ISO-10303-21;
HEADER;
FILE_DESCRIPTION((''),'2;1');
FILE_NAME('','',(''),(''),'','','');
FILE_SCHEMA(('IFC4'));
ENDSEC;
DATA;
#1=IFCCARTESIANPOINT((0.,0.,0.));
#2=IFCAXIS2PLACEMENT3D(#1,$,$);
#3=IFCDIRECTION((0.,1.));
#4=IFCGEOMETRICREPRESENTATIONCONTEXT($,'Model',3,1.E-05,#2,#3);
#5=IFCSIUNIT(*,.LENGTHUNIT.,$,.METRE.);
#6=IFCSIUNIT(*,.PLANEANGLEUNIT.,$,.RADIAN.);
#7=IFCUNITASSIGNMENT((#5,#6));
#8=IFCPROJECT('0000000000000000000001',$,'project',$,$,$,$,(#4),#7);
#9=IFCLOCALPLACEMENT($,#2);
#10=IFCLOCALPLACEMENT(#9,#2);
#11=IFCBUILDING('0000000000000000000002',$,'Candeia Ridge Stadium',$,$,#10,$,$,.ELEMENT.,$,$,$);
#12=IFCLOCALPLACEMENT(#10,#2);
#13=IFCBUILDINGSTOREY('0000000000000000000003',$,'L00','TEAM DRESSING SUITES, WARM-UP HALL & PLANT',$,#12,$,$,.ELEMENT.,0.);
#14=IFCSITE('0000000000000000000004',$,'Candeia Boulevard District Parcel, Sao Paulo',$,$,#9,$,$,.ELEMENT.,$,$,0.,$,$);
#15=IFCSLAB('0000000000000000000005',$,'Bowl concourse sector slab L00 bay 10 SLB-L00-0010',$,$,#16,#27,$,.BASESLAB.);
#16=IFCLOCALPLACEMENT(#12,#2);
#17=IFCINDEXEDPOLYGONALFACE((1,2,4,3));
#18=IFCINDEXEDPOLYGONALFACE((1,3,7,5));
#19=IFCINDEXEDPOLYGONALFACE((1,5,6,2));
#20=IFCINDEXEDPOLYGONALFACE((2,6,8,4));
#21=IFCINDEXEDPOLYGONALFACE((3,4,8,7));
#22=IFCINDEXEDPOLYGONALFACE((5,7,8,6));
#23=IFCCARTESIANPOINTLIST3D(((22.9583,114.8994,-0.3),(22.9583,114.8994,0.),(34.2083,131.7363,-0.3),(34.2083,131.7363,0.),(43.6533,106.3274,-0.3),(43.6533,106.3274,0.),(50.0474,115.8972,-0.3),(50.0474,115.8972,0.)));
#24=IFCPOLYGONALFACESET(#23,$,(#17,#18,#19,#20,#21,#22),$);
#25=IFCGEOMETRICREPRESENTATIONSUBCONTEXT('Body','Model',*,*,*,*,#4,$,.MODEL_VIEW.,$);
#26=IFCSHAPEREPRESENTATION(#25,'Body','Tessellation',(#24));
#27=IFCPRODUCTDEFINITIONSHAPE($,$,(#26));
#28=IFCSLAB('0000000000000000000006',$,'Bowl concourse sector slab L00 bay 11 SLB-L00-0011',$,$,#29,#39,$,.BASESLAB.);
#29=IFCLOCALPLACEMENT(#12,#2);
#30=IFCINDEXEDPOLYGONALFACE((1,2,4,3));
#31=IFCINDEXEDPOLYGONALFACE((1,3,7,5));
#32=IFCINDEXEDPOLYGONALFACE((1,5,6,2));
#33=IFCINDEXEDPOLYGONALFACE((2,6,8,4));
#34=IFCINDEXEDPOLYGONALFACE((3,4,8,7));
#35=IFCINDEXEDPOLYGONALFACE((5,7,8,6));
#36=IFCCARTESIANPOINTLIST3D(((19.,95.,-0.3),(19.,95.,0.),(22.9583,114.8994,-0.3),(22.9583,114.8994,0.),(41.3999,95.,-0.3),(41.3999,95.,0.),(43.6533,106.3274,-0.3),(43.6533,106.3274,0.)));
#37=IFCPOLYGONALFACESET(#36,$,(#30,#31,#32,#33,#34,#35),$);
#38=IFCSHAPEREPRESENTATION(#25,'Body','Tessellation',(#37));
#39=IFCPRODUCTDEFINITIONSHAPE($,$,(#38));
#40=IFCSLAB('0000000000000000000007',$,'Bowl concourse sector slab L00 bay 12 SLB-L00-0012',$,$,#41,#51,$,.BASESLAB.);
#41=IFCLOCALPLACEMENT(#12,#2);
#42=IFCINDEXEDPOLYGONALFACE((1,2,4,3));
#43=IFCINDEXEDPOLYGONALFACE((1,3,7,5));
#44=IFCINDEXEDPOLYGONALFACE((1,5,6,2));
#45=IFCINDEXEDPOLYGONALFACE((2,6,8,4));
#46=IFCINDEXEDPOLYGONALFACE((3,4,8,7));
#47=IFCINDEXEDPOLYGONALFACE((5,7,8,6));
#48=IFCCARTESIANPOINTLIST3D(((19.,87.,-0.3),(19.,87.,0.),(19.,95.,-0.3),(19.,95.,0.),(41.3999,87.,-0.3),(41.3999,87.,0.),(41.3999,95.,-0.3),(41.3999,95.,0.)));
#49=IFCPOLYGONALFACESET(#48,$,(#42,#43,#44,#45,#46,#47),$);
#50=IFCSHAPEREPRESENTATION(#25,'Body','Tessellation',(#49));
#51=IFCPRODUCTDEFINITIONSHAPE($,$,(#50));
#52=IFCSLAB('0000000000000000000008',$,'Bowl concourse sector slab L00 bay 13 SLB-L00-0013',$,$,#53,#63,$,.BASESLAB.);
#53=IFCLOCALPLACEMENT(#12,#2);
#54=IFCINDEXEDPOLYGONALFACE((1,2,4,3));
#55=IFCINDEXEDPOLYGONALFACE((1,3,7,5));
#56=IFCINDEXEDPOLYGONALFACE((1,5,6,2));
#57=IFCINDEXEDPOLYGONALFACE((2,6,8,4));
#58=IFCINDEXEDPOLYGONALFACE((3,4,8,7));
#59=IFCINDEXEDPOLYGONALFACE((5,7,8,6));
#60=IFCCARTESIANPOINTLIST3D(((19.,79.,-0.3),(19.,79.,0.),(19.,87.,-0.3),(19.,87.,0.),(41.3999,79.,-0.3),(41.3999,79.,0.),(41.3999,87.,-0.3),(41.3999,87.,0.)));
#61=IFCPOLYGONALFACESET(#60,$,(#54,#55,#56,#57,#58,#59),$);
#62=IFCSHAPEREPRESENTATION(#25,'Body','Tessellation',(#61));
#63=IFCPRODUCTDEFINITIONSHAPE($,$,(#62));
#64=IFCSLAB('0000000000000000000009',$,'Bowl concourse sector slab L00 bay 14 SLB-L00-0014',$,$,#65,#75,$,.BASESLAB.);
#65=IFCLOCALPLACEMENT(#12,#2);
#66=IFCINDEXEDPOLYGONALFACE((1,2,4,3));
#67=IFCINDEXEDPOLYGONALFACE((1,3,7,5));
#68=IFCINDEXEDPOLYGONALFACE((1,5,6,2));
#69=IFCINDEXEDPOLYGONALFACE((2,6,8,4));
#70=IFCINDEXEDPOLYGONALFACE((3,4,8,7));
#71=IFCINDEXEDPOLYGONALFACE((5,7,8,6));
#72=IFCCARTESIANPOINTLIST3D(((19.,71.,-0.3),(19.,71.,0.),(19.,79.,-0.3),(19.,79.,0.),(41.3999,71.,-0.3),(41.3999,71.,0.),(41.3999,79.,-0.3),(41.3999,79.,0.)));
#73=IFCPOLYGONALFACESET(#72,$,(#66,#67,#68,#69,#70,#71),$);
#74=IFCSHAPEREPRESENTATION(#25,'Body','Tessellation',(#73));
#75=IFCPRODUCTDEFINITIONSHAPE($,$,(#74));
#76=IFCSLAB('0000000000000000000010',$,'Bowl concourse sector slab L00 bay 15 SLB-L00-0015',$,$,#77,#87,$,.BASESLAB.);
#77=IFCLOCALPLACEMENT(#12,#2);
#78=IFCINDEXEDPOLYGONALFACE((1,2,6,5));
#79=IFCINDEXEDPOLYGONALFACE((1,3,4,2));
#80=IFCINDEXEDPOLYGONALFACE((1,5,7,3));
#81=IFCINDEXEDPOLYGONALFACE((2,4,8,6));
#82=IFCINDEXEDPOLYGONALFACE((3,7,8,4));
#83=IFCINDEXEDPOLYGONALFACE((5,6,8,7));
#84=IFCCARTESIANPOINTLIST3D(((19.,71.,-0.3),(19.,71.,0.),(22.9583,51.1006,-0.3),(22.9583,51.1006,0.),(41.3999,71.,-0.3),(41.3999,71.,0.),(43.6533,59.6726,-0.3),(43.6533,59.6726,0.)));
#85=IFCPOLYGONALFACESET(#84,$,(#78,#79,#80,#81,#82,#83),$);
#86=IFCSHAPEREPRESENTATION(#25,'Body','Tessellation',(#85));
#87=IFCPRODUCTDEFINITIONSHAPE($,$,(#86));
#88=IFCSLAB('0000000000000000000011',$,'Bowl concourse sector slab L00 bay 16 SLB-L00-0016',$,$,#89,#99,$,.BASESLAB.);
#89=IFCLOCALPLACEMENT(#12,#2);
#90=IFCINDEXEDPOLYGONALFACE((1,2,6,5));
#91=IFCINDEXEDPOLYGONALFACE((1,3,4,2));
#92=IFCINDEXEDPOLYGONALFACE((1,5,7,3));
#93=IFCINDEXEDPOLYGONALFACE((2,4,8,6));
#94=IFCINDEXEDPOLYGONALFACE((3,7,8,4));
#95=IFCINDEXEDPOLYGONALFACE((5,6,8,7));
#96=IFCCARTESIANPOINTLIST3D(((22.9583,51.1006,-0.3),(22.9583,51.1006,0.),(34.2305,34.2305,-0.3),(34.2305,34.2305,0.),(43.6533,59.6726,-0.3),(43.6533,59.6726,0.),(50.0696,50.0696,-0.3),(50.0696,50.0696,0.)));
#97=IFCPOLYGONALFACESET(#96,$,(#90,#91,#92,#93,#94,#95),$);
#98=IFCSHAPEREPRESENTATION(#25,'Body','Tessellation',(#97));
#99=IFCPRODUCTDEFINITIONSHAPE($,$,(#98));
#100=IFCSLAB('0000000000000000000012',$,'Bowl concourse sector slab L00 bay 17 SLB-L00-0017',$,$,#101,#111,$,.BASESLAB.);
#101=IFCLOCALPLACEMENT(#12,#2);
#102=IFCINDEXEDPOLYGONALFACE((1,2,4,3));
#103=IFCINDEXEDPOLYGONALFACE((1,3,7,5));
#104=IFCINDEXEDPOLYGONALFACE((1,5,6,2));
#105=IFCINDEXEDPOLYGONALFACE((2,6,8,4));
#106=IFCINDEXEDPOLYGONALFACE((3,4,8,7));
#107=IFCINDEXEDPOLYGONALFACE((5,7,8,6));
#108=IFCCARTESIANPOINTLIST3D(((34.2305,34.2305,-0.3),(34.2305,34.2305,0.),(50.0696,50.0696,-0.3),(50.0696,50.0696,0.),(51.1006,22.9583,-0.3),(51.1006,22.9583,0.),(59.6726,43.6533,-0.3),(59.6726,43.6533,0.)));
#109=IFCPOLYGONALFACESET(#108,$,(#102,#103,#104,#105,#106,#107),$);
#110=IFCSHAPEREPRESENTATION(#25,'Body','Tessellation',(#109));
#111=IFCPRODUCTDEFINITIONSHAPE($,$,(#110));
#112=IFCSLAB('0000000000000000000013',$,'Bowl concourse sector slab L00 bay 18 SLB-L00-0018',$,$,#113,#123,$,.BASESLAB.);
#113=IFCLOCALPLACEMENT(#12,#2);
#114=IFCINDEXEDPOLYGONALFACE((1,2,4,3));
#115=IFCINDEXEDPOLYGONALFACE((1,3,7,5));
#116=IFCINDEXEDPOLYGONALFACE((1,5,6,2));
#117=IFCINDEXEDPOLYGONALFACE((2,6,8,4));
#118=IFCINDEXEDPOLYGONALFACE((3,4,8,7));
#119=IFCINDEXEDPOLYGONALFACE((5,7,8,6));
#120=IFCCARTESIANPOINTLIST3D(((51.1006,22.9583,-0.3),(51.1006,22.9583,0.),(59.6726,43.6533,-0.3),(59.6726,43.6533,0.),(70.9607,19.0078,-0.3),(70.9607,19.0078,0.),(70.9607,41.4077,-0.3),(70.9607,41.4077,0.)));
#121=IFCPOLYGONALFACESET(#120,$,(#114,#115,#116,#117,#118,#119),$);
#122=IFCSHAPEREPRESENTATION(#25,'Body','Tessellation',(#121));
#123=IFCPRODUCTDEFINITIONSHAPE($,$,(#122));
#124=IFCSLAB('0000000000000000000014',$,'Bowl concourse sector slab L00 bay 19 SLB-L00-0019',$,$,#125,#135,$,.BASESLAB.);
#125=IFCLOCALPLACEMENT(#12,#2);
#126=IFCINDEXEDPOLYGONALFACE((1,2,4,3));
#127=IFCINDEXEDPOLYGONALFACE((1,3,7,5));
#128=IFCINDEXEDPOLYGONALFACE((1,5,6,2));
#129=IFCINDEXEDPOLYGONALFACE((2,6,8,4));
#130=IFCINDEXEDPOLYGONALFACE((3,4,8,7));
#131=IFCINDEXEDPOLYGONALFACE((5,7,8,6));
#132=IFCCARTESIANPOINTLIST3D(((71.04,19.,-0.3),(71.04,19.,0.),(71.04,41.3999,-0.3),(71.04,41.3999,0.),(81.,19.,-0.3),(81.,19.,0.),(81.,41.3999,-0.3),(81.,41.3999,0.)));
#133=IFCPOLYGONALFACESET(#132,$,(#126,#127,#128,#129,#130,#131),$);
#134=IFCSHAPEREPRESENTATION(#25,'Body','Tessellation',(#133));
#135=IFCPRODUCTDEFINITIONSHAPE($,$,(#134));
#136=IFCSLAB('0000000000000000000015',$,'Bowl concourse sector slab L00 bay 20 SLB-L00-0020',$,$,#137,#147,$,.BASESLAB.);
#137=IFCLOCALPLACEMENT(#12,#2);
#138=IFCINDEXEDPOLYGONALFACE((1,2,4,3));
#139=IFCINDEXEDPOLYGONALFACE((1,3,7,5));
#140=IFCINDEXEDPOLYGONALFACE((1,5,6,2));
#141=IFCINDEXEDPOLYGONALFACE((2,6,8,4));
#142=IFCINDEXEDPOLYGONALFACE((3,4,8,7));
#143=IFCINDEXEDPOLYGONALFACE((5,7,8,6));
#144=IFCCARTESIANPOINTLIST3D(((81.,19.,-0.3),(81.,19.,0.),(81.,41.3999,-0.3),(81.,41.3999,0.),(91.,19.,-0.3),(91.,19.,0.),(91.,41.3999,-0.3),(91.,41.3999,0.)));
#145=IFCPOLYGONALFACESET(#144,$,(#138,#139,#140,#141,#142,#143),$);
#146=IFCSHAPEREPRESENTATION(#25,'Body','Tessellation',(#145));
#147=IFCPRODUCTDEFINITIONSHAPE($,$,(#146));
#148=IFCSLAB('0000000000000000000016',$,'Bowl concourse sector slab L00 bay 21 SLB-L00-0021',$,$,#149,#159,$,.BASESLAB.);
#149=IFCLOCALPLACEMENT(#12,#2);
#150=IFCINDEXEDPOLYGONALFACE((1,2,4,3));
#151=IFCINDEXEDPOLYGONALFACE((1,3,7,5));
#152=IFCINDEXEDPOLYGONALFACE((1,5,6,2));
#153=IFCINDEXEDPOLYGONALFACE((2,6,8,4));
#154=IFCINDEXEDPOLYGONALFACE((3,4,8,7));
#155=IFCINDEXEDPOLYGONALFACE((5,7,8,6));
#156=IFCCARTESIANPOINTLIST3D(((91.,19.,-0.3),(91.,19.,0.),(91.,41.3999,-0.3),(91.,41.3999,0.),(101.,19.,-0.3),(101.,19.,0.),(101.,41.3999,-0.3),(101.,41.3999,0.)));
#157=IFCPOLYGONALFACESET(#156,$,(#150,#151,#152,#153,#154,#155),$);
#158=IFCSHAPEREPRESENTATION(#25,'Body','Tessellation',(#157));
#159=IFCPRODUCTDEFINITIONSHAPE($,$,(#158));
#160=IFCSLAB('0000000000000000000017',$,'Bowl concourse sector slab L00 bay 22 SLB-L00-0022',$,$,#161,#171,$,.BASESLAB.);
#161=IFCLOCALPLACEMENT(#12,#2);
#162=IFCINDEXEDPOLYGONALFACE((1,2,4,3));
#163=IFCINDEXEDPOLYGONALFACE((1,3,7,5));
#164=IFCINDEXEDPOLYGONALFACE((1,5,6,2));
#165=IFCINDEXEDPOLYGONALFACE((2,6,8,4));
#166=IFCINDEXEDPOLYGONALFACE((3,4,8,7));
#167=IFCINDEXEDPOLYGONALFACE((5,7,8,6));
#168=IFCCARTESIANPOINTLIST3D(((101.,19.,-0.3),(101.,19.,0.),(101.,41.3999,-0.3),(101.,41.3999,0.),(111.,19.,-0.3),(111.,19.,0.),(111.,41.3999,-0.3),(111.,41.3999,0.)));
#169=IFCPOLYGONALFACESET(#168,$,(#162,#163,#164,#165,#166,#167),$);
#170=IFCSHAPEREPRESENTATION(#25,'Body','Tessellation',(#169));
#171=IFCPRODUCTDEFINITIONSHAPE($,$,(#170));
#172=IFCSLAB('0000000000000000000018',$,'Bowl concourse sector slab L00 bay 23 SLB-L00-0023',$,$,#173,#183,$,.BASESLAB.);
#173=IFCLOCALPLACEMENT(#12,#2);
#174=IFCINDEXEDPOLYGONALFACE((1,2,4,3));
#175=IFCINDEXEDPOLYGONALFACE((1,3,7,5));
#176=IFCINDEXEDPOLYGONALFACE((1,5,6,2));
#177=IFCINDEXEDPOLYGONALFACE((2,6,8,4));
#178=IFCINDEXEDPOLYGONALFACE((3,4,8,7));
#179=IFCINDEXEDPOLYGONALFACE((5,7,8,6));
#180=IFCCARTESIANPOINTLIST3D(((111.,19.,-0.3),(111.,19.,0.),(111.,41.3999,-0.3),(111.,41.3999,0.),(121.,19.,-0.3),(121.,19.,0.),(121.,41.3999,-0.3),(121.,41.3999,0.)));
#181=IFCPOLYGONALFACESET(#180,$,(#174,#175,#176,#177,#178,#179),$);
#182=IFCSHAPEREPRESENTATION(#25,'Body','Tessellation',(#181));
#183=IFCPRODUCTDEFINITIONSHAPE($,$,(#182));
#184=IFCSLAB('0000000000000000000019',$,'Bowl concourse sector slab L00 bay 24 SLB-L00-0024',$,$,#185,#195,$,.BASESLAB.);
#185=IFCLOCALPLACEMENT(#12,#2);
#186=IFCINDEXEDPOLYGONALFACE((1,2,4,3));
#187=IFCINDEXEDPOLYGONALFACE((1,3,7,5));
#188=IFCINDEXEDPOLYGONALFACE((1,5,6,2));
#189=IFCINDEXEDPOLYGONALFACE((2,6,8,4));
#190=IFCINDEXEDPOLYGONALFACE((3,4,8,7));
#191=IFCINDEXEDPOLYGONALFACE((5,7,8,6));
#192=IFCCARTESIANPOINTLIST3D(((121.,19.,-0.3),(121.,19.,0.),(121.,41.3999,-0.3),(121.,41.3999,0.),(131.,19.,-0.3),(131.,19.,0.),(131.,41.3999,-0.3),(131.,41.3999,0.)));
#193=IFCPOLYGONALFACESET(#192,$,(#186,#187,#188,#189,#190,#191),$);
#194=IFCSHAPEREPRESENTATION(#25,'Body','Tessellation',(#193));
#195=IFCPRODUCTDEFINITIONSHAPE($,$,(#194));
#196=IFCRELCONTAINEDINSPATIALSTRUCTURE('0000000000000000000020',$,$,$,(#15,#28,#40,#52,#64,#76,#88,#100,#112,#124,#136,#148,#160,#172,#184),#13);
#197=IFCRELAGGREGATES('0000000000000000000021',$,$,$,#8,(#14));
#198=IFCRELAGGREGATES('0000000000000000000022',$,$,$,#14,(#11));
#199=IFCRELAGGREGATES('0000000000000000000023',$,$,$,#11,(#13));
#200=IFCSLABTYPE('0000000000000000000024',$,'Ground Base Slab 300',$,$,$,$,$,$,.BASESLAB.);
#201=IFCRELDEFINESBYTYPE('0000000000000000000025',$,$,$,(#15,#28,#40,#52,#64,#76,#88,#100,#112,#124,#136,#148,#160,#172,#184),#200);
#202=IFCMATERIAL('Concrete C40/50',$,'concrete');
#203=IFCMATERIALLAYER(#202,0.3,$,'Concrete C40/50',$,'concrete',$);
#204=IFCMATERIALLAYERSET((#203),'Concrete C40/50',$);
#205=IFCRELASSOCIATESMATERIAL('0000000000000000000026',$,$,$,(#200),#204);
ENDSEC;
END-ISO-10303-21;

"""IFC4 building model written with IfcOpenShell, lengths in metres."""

from ifc_helpers import new_model, si_unit, direction, frame, origin, place, context, subcontext, project, spatial, polyline, outline, extrude, material, layer, layer_set, type_object, element, save


model = new_model("IFC4")

# Units and contexts
model_context = context("Model", 3, precision=1e-05, world=origin(), true_north=direction((0.0, 1.0)))
body_context = subcontext(model_context, "Body", "Model", "MODEL_VIEW")
ifc_project = project(units=[si_unit("LENGTHUNIT", "METRE"), si_unit("PLANEANGLEUNIT", "RADIAN")], contexts=[model_context])

# Site, building, storey
site_placement = place(None, origin())
site = spatial("IfcSite", under=ifc_project, at=site_placement, Name="Candeia Boulevard District Parcel, Sao Paulo", CompositionType="ELEMENT", RefElevation=0.0)
building_placement = place(site_placement, origin())
building = spatial("IfcBuilding", under=site, at=building_placement, Name="Candeia Ridge Stadium", CompositionType="ELEMENT")
storey_placement = place(building_placement, origin())
storey = spatial("IfcBuildingStorey", under=building, at=storey_placement, Name="L00", Description="TEAM DRESSING SUITES, WARM-UP HALL & PLANT", CompositionType="ELEMENT", Elevation=0.0)

# Slabs
ifc_material = material(Name="Concrete C40/50", Category="concrete")
ifc_layer = layer(ifc_material, 0.3, Name="Concrete C40/50", Category="concrete")
ifc_layer_set = layer_set([ifc_layer], Name="Concrete C40/50")
slab_type = type_object("IfcSlabType", Name="Ground Base Slab 300", PredefinedType="BASESLAB", material=ifc_layer_set)
slab_1_placement = place(storey_placement, frame((0.0, 0.0, -0.3)))
element("IfcSlab", 1, at=slab_1_placement, inside=storey, type_object=slab_type, Name="Bowl concourse sector slab L00 bay 10 SLB-L00-0010", PredefinedType="BASESLAB", context=body_context, shape_type="SweptSolid", body=[
    extrude(outline(polyline([(50.0474, 115.8972), (43.6533, 106.3274), (22.9583, 114.8994), (34.2083, 131.7363), (50.0474, 115.8972)])), origin(), (0.0, 0.0, 1.0), 0.3),
])
slab_2_placement = place(storey_placement, frame((0.0, 0.0, -0.3)))
element("IfcSlab", 2, at=slab_2_placement, inside=storey, type_object=slab_type, Name="Bowl concourse sector slab L00 bay 11 SLB-L00-0011", PredefinedType="BASESLAB", context=body_context, shape_type="SweptSolid", body=[
    extrude(outline(polyline([(43.6533, 106.3274), (41.3999, 95.0), (19.0, 95.0), (22.9583, 114.8994), (43.6533, 106.3274)])), origin(), (0.0, 0.0, 1.0), 0.3),
])
slab_3_placement = place(storey_placement, frame((0.0, 0.0, -0.3)))
element("IfcSlab", 3, at=slab_3_placement, inside=storey, type_object=slab_type, Name="Bowl concourse sector slab L00 bay 12 SLB-L00-0012", PredefinedType="BASESLAB", context=body_context, shape_type="SweptSolid", body=[
    extrude(outline(polyline([(41.3999, 95.0), (41.3999, 87.0), (19.0, 87.0), (19.0, 95.0), (41.3999, 95.0)])), origin(), (0.0, 0.0, 1.0), 0.3),
])
slab_4_placement = place(storey_placement, frame((0.0, 0.0, -0.3)))
element("IfcSlab", 4, at=slab_4_placement, inside=storey, type_object=slab_type, Name="Bowl concourse sector slab L00 bay 13 SLB-L00-0013", PredefinedType="BASESLAB", context=body_context, shape_type="SweptSolid", body=[
    extrude(outline(polyline([(41.3999, 87.0), (41.3999, 79.0), (19.0, 79.0), (19.0, 87.0), (41.3999, 87.0)])), origin(), (0.0, 0.0, 1.0), 0.3),
])
slab_5_placement = place(storey_placement, frame((0.0, 0.0, -0.3)))
element("IfcSlab", 5, at=slab_5_placement, inside=storey, type_object=slab_type, Name="Bowl concourse sector slab L00 bay 14 SLB-L00-0014", PredefinedType="BASESLAB", context=body_context, shape_type="SweptSolid", body=[
    extrude(outline(polyline([(41.3999, 79.0), (41.3999, 71.0), (19.0, 71.0), (19.0, 79.0), (41.3999, 79.0)])), origin(), (0.0, 0.0, 1.0), 0.3),
])
slab_6_placement = place(storey_placement, frame((0.0, 0.0, -0.3)))
element("IfcSlab", 6, at=slab_6_placement, inside=storey, type_object=slab_type, Name="Bowl concourse sector slab L00 bay 15 SLB-L00-0015", PredefinedType="BASESLAB", context=body_context, shape_type="SweptSolid", body=[
    extrude(outline(polyline([(41.3999, 71.0), (43.6533, 59.6726), (22.9583, 51.1006), (19.0, 71.0), (41.3999, 71.0)])), origin(), (0.0, 0.0, 1.0), 0.3),
])
slab_7_placement = place(storey_placement, frame((0.0, 0.0, -0.3)))
element("IfcSlab", 7, at=slab_7_placement, inside=storey, type_object=slab_type, Name="Bowl concourse sector slab L00 bay 16 SLB-L00-0016", PredefinedType="BASESLAB", context=body_context, shape_type="SweptSolid", body=[
    extrude(outline(polyline([(43.6533, 59.6726), (50.0696, 50.0696), (34.2305, 34.2305), (22.9583, 51.1006), (43.6533, 59.6726)])), origin(), (0.0, 0.0, 1.0), 0.3),
])
slab_8_placement = place(storey_placement, frame((0.0, 0.0, -0.3)))
element("IfcSlab", 8, at=slab_8_placement, inside=storey, type_object=slab_type, Name="Bowl concourse sector slab L00 bay 17 SLB-L00-0017", PredefinedType="BASESLAB", context=body_context, shape_type="SweptSolid", body=[
    extrude(outline(polyline([(50.0696, 50.0696), (59.6726, 43.6533), (51.1006, 22.9583), (34.2305, 34.2305), (50.0696, 50.0696)])), origin(), (0.0, 0.0, 1.0), 0.3),
])
slab_9_placement = place(storey_placement, frame((0.0, 0.0, -0.3)))
element("IfcSlab", 9, at=slab_9_placement, inside=storey, type_object=slab_type, Name="Bowl concourse sector slab L00 bay 18 SLB-L00-0018", PredefinedType="BASESLAB", context=body_context, shape_type="SweptSolid", body=[
    extrude(outline(polyline([(59.6726, 43.6533), (70.9607, 41.4077), (70.9607, 19.0078), (51.1006, 22.9583), (59.6726, 43.6533)])), origin(), (0.0, 0.0, 1.0), 0.3),
])
slab_10_placement = place(storey_placement, frame((0.0, 0.0, -0.3)))
element("IfcSlab", 10, at=slab_10_placement, inside=storey, type_object=slab_type, Name="Bowl concourse sector slab L00 bay 19 SLB-L00-0019", PredefinedType="BASESLAB", context=body_context, shape_type="SweptSolid", body=[
    extrude(outline(polyline([(71.04, 41.3999), (81.0, 41.3999), (81.0, 19.0), (71.04, 19.0), (71.04, 41.3999)])), origin(), (0.0, 0.0, 1.0), 0.3),
])
slab_11_placement = place(storey_placement, frame((0.0, 0.0, -0.3)))
element("IfcSlab", 11, at=slab_11_placement, inside=storey, type_object=slab_type, Name="Bowl concourse sector slab L00 bay 20 SLB-L00-0020", PredefinedType="BASESLAB", context=body_context, shape_type="SweptSolid", body=[
    extrude(outline(polyline([(81.0, 41.3999), (91.0, 41.3999), (91.0, 19.0), (81.0, 19.0), (81.0, 41.3999)])), origin(), (0.0, 0.0, 1.0), 0.3),
])
slab_12_placement = place(storey_placement, frame((0.0, 0.0, -0.3)))
element("IfcSlab", 12, at=slab_12_placement, inside=storey, type_object=slab_type, Name="Bowl concourse sector slab L00 bay 21 SLB-L00-0021", PredefinedType="BASESLAB", context=body_context, shape_type="SweptSolid", body=[
    extrude(outline(polyline([(91.0, 41.3999), (101.0, 41.3999), (101.0, 19.0), (91.0, 19.0), (91.0, 41.3999)])), origin(), (0.0, 0.0, 1.0), 0.3),
])
slab_13_placement = place(storey_placement, frame((0.0, 0.0, -0.3)))
element("IfcSlab", 13, at=slab_13_placement, inside=storey, type_object=slab_type, Name="Bowl concourse sector slab L00 bay 22 SLB-L00-0022", PredefinedType="BASESLAB", context=body_context, shape_type="SweptSolid", body=[
    extrude(outline(polyline([(101.0, 41.3999), (111.0, 41.3999), (111.0, 19.0), (101.0, 19.0), (101.0, 41.3999)])), origin(), (0.0, 0.0, 1.0), 0.3),
])
slab_14_placement = place(storey_placement, frame((0.0, 0.0, -0.3)))
element("IfcSlab", 14, at=slab_14_placement, inside=storey, type_object=slab_type, Name="Bowl concourse sector slab L00 bay 23 SLB-L00-0023", PredefinedType="BASESLAB", context=body_context, shape_type="SweptSolid", body=[
    extrude(outline(polyline([(111.0, 41.3999), (121.0, 41.3999), (121.0, 19.0), (111.0, 19.0), (111.0, 41.3999)])), origin(), (0.0, 0.0, 1.0), 0.3),
])
slab_15_placement = place(storey_placement, frame((0.0, 0.0, -0.3)))
element("IfcSlab", 15, at=slab_15_placement, inside=storey, type_object=slab_type, Name="Bowl concourse sector slab L00 bay 24 SLB-L00-0024", PredefinedType="BASESLAB", context=body_context, shape_type="SweptSolid", body=[
    extrude(outline(polyline([(121.0, 41.3999), (131.0, 41.3999), (131.0, 19.0), (121.0, 19.0), (121.0, 41.3999)])), origin(), (0.0, 0.0, 1.0), 0.3),
])

save(model, "model.ifc")
